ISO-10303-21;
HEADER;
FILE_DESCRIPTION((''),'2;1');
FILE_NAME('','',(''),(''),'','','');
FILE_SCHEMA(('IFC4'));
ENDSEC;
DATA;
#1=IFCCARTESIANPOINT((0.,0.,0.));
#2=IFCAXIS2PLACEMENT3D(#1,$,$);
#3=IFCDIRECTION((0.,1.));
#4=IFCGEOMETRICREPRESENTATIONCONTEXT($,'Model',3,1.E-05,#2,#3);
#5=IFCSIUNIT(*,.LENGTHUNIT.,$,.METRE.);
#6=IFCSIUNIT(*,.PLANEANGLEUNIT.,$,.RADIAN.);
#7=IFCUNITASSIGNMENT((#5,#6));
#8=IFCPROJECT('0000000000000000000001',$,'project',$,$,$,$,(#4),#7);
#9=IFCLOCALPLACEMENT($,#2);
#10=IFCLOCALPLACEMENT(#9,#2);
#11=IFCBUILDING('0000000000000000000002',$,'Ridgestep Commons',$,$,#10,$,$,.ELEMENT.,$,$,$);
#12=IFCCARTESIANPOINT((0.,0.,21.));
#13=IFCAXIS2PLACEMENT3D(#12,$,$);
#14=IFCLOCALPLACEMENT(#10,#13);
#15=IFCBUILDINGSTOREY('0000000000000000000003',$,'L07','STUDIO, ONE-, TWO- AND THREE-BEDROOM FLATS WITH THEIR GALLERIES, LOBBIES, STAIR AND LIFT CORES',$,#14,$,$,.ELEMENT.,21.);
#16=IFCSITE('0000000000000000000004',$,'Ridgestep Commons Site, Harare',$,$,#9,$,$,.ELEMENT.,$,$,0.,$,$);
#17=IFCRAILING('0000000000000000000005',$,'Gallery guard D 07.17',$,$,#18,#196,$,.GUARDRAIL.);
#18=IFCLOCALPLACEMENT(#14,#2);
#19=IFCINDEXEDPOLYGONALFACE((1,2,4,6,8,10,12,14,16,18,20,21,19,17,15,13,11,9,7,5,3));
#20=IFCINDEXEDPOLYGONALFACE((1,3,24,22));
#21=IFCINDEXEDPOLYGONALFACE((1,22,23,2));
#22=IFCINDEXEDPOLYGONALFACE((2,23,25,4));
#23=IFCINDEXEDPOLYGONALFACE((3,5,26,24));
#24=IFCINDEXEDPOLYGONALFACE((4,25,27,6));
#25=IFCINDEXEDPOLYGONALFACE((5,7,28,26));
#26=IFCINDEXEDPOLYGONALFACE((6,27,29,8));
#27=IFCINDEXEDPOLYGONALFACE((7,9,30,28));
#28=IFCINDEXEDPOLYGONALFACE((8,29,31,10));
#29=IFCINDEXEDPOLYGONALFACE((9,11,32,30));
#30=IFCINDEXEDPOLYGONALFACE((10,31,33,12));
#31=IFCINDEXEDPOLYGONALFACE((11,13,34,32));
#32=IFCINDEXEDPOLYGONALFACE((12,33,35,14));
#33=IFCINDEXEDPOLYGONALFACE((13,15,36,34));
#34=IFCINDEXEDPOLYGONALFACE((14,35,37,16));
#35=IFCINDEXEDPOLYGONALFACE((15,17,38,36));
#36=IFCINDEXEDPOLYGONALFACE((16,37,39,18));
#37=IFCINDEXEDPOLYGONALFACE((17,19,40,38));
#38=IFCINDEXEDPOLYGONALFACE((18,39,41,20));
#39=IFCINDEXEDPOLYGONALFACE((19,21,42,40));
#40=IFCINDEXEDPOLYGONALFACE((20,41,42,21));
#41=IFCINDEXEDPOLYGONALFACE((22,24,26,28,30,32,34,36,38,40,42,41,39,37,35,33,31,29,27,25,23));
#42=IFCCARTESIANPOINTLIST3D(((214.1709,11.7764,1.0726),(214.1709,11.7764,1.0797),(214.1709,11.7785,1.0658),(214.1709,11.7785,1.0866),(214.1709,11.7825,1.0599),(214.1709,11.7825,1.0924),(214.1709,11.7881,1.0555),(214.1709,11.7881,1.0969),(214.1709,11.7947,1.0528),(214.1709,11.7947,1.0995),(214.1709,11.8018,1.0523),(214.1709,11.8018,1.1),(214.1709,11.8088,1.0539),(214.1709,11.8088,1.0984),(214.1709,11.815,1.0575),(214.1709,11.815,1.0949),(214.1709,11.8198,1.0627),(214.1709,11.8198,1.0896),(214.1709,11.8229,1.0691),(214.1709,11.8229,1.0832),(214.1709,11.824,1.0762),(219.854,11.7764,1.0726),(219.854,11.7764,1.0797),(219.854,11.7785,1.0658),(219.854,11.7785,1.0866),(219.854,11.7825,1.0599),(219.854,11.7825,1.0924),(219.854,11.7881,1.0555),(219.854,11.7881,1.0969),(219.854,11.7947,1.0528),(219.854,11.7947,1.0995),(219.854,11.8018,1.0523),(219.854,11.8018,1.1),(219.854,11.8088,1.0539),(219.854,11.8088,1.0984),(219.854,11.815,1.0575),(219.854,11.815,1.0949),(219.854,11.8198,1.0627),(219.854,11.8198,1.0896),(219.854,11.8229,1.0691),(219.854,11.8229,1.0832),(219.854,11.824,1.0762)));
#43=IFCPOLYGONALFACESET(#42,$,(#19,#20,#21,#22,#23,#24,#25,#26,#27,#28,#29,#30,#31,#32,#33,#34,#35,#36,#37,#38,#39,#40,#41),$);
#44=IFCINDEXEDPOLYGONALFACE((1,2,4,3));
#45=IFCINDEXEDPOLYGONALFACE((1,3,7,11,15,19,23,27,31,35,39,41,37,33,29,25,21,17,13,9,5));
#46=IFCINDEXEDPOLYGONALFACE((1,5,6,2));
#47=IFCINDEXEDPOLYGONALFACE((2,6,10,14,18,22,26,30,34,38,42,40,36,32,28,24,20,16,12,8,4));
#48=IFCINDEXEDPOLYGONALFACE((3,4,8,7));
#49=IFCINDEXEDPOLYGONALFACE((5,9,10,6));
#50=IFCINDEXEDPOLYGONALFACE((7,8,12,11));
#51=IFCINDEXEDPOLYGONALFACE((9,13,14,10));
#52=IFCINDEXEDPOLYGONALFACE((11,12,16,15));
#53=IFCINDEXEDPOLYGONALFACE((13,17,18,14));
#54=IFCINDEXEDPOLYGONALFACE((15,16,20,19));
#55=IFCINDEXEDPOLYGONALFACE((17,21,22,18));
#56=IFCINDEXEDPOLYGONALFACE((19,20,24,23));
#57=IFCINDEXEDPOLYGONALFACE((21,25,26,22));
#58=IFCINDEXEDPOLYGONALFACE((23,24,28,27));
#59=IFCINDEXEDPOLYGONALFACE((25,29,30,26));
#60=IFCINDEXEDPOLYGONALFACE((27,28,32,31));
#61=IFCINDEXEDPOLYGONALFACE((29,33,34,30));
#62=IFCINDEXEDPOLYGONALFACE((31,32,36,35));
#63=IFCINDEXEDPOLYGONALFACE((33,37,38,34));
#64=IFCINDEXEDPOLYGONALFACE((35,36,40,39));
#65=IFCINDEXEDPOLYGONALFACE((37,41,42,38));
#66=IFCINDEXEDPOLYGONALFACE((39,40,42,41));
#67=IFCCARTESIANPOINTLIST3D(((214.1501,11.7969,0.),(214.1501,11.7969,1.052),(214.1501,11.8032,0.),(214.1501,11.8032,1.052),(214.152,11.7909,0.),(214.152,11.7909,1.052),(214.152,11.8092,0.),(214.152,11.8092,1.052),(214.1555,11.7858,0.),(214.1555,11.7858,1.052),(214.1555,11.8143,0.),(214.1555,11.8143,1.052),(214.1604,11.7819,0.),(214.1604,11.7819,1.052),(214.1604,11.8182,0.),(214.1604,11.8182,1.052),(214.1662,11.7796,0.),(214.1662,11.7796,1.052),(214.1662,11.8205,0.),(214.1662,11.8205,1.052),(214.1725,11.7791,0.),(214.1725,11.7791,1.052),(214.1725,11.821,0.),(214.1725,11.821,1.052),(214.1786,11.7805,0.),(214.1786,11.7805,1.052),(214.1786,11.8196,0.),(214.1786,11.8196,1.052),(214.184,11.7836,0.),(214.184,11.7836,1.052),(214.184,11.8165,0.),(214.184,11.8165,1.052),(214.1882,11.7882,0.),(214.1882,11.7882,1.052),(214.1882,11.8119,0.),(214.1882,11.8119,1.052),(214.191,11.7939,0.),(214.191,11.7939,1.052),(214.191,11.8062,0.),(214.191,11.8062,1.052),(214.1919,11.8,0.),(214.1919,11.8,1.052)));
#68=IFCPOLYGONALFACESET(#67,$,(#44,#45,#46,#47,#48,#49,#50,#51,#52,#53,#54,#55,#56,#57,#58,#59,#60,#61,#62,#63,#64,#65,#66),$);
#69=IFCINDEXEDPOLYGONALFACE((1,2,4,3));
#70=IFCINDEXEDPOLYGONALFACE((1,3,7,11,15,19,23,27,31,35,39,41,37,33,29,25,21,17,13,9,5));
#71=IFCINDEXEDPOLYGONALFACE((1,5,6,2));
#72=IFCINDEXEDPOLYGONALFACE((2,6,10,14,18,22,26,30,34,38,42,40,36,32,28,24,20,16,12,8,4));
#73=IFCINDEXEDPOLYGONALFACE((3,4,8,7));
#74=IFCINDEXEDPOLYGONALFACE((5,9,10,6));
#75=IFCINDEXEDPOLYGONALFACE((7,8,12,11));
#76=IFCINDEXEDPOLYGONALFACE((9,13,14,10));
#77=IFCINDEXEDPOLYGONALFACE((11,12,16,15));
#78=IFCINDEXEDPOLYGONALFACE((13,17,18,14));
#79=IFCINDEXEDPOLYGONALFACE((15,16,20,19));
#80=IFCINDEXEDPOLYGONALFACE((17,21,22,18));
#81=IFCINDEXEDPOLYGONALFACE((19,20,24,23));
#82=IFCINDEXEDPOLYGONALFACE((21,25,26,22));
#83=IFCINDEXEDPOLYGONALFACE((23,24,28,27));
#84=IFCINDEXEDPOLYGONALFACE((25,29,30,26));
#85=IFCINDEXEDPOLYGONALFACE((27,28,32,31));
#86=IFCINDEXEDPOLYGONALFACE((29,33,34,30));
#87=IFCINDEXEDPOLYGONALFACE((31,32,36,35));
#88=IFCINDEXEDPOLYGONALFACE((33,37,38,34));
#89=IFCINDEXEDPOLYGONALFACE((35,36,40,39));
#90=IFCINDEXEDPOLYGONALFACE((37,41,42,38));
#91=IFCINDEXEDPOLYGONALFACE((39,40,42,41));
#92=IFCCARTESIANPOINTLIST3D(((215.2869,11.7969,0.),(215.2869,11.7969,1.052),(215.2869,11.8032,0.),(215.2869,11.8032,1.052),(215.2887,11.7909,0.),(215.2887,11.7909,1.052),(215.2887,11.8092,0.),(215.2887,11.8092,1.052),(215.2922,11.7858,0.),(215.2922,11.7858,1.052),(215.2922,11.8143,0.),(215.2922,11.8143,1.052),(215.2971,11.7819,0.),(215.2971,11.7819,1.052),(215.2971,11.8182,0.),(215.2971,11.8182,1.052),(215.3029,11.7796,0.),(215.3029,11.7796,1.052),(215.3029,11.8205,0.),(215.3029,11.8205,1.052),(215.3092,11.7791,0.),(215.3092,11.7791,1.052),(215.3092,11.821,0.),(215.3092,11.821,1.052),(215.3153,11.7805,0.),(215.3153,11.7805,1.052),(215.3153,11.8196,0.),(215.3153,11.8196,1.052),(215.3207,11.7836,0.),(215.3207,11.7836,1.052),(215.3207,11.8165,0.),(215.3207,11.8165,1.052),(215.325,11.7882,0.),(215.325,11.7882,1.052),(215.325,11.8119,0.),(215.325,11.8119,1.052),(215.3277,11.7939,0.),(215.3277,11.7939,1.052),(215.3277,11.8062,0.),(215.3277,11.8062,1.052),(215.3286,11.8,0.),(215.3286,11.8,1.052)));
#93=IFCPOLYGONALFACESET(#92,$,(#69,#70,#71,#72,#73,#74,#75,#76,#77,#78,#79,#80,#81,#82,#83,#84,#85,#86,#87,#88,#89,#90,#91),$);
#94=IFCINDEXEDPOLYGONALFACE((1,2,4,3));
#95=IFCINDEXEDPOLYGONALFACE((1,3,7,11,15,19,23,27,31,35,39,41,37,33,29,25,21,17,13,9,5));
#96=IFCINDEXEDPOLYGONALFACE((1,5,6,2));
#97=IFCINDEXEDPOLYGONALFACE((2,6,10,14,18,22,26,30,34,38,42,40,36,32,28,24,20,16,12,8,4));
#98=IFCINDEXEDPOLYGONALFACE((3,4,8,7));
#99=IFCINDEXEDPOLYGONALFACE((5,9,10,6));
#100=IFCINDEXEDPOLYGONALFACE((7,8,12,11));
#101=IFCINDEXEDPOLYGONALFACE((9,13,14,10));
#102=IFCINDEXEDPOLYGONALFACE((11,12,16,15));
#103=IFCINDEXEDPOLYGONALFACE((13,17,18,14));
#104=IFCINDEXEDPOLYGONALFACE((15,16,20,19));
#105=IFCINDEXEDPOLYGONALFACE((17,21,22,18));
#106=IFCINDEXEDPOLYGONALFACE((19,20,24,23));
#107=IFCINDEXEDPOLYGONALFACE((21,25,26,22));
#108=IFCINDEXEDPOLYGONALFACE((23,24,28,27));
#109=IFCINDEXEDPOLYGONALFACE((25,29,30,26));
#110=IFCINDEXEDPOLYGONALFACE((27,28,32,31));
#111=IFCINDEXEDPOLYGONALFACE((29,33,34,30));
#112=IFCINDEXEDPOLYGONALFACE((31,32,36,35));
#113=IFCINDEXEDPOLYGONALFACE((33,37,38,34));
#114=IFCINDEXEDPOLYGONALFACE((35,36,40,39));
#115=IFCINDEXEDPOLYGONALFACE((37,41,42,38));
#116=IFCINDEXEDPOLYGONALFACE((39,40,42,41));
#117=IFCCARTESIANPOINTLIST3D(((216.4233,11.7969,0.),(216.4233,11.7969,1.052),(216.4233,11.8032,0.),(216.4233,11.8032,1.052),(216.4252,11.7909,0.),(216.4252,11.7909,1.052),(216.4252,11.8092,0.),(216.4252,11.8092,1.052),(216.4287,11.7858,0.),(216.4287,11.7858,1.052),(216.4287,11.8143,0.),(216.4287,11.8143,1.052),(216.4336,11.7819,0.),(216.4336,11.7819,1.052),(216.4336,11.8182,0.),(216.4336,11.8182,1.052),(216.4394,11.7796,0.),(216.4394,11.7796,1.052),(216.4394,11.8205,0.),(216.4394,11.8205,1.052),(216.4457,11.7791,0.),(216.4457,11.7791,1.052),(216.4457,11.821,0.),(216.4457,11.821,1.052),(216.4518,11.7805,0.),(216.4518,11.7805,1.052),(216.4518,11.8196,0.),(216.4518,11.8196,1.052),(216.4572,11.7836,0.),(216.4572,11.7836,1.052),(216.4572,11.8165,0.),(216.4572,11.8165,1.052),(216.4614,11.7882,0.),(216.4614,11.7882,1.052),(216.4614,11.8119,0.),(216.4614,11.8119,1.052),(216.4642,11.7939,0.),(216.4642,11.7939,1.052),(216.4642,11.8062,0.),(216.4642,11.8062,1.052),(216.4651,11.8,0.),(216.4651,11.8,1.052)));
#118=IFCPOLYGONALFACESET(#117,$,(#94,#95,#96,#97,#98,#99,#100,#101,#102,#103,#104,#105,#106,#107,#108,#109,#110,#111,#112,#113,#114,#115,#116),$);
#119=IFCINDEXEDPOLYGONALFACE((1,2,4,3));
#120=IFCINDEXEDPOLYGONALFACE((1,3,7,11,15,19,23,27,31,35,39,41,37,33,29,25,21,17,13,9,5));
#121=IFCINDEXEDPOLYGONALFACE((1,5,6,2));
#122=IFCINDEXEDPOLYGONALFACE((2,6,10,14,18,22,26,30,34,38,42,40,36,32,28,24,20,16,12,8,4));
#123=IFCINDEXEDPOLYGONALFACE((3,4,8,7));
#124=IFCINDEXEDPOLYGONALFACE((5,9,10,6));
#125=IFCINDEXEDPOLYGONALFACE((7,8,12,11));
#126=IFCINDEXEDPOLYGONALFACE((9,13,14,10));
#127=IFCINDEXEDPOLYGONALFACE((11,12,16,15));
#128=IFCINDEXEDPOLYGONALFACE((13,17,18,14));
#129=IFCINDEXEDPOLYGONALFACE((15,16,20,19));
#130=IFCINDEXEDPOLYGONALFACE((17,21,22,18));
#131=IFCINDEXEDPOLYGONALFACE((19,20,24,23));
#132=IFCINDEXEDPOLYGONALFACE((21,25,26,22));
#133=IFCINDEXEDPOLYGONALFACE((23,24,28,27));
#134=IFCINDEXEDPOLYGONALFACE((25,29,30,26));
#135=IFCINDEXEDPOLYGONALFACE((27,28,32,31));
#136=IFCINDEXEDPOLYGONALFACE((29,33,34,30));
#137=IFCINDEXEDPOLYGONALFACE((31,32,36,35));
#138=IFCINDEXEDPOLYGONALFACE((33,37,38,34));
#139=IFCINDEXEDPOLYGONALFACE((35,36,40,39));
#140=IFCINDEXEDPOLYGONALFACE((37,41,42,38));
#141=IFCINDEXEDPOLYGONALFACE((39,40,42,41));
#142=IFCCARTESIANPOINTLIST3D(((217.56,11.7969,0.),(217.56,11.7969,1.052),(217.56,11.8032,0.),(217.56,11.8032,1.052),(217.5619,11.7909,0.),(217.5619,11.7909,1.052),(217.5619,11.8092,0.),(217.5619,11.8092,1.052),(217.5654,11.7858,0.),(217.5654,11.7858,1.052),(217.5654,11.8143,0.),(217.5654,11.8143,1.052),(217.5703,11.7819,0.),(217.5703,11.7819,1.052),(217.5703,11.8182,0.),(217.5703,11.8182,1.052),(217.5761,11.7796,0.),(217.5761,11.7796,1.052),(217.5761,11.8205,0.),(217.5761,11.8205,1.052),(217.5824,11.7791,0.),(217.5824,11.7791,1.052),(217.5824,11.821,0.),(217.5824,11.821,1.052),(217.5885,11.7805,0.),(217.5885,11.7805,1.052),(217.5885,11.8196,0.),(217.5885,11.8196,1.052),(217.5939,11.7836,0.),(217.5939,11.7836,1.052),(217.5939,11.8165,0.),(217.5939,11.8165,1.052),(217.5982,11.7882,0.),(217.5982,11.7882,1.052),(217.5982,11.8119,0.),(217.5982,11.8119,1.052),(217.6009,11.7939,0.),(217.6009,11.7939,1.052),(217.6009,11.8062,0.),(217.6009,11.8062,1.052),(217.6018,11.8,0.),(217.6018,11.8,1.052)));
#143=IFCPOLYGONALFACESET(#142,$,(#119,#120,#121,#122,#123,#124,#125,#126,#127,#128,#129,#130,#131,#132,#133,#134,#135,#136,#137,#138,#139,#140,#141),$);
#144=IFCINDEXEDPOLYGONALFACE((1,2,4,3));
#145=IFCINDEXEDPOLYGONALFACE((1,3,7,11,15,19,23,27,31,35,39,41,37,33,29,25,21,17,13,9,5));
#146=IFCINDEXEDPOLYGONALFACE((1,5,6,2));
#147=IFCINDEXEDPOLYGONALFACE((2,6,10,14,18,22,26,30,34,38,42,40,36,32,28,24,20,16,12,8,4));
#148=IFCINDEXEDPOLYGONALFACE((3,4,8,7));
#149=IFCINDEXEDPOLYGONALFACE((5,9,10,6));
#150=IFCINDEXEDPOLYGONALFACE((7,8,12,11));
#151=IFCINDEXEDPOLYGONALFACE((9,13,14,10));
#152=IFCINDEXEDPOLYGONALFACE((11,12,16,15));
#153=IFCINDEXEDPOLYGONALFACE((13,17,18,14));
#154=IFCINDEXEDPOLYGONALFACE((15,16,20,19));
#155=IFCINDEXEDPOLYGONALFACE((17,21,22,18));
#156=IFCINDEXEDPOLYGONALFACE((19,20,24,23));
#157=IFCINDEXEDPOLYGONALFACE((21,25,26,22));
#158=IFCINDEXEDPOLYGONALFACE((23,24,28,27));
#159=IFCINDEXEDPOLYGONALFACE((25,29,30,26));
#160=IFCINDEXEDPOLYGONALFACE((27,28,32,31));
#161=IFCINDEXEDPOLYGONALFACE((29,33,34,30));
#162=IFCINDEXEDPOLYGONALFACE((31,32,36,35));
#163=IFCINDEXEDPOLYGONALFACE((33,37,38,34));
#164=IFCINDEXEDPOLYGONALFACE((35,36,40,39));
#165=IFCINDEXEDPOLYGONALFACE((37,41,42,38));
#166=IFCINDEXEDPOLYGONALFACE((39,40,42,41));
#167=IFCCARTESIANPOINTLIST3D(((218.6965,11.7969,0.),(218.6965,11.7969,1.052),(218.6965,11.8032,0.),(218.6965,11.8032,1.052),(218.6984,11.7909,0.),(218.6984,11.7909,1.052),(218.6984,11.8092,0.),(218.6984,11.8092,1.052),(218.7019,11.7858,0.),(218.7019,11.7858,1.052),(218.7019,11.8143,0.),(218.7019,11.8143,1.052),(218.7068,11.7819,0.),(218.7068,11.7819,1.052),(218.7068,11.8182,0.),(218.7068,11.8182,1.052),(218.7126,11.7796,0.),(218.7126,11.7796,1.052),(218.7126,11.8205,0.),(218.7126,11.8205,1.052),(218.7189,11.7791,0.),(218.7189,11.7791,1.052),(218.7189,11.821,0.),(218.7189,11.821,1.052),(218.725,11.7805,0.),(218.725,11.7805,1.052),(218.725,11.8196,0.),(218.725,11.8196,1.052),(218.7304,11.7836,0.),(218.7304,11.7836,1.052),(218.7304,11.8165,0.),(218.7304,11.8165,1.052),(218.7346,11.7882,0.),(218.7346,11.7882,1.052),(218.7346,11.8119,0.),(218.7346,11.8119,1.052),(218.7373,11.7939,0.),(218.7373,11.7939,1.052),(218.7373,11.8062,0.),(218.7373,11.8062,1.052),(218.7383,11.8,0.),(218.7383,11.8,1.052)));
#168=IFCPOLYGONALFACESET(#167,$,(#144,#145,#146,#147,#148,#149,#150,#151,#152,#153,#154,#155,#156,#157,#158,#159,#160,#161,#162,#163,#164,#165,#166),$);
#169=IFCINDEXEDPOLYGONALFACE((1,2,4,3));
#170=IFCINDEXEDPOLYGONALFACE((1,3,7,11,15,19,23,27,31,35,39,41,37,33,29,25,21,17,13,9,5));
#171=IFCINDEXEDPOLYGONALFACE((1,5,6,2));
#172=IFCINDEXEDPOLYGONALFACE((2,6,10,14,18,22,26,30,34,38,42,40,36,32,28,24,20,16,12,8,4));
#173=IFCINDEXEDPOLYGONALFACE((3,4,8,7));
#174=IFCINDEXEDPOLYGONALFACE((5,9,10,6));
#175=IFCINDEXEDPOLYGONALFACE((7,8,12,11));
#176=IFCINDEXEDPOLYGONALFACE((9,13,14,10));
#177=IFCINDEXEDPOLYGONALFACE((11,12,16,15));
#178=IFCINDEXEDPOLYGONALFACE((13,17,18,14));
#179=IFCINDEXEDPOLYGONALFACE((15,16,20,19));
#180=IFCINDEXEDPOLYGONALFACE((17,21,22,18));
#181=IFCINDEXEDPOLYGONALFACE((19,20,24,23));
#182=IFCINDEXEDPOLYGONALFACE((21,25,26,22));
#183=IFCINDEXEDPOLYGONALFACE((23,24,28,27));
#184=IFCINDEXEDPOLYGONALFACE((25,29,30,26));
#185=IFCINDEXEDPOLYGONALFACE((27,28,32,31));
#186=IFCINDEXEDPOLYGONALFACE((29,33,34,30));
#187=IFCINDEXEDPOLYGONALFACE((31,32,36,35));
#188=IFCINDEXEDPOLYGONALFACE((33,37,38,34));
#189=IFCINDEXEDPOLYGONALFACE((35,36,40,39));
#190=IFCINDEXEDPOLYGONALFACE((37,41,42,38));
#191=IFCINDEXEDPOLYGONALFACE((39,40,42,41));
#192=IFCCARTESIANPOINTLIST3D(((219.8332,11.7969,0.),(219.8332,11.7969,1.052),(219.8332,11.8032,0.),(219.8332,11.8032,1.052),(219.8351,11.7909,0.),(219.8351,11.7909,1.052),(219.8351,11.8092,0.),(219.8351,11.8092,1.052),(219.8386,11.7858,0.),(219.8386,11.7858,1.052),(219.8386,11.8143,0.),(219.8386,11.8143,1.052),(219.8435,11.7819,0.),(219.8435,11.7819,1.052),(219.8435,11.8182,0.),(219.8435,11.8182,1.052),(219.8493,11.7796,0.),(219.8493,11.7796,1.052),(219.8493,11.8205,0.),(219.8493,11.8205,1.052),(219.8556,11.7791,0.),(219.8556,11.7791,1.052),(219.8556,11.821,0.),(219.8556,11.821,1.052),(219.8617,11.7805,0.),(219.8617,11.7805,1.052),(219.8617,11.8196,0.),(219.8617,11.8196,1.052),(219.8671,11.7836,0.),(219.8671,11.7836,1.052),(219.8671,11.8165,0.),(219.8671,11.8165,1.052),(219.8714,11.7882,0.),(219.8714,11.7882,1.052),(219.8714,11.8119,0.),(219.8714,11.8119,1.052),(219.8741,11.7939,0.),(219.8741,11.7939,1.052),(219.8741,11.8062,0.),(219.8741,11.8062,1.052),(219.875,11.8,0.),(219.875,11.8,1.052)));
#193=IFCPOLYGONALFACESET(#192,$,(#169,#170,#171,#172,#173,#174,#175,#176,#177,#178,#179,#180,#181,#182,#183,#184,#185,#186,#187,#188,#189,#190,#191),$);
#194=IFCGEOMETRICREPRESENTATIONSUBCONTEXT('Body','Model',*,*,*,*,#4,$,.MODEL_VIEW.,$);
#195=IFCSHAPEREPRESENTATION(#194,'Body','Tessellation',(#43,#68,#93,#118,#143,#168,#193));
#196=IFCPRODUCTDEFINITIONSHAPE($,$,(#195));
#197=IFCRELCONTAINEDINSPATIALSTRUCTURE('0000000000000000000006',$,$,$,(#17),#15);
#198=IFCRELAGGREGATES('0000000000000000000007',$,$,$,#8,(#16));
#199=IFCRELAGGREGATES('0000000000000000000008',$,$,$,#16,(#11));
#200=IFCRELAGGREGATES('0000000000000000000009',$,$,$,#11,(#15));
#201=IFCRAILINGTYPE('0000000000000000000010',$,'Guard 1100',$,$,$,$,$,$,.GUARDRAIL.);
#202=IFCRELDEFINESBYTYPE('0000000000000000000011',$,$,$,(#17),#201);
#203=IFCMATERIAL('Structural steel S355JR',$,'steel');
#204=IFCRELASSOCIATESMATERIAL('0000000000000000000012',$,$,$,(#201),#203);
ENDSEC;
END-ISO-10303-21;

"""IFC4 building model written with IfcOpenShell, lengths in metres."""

from ifc_helpers import new_model, si_unit, direction, frame, origin, origin_2d, place, context, subcontext, project, spatial, circle, extrude, material, type_object, element, save


model = new_model("IFC4")

# Units and contexts
model_context = context("Model", 3, precision=1e-05, world=origin(), true_north=direction((0.0, 1.0)))
body_context = subcontext(model_context, "Body", "Model", "MODEL_VIEW")
ifc_project = project(units=[si_unit("LENGTHUNIT", "METRE"), si_unit("PLANEANGLEUNIT", "RADIAN")], contexts=[model_context])

# Site, building, storey
site_placement = place(None, origin())
site = spatial("IfcSite", under=ifc_project, at=site_placement, Name="Ridgestep Commons Site, Harare", CompositionType="ELEMENT", RefElevation=0.0)
building_placement = place(site_placement, origin())
building = spatial("IfcBuilding", under=site, at=building_placement, Name="Ridgestep Commons", CompositionType="ELEMENT")
storey_placement = place(building_placement, frame((0.0, 0.0, 21.0)))
storey = spatial("IfcBuildingStorey", under=building, at=storey_placement, Name="L07", Description="STUDIO, ONE-, TWO- AND THREE-BEDROOM FLATS WITH THEIR GALLERIES, LOBBIES, STAIR AND LIFT CORES", CompositionType="ELEMENT", Elevation=21.0)

# Railing
ifc_material_1 = material(Name="Structural steel S355JR", Category="steel")
railing_type_1 = type_object("IfcRailingType", Name="Guard 1100", PredefinedType="GUARDRAIL", material=ifc_material_1)
railing_1_placement = place(storey_placement, frame((214.1709, 11.8, 0.0)))
element("IfcRailing", 1, at=railing_1_placement, inside=storey, type_object=railing_type_1, Name="Gallery guard D 07.17", PredefinedType="GUARDRAIL", context=body_context, shape_type="SweptSolid", body=[
    extrude(circle(Radius=0.0239, at=origin_2d()), frame((0.0, 0.0, 1.0762), z_axis=(1.0, 0.0, 0.0), x_axis=(0.0, 1.0, 0.0)), (0.0, 0.0, 1.0), 5.6831),
    extrude(circle(Radius=0.021, at=origin_2d()), origin(), (0.0, 0.0, 1.0), 1.052),
    extrude(circle(Radius=0.021, at=origin_2d()), frame((1.1367, 0.0, 0.0)), (0.0, 0.0, 1.0), 1.052),
    extrude(circle(Radius=0.021, at=origin_2d()), frame((2.2732, 0.0, 0.0)), (0.0, 0.0, 1.0), 1.052),
    extrude(circle(Radius=0.021, at=origin_2d()), frame((3.4099, 0.0, 0.0)), (0.0, 0.0, 1.0), 1.052),
    extrude(circle(Radius=0.021, at=origin_2d()), frame((4.5464, 0.0, 0.0)), (0.0, 0.0, 1.0), 1.052),
    extrude(circle(Radius=0.021, at=origin_2d()), frame((5.6831, 0.0, 0.0)), (0.0, 0.0, 1.0), 1.052),
])

save(model, "model.ifc")
